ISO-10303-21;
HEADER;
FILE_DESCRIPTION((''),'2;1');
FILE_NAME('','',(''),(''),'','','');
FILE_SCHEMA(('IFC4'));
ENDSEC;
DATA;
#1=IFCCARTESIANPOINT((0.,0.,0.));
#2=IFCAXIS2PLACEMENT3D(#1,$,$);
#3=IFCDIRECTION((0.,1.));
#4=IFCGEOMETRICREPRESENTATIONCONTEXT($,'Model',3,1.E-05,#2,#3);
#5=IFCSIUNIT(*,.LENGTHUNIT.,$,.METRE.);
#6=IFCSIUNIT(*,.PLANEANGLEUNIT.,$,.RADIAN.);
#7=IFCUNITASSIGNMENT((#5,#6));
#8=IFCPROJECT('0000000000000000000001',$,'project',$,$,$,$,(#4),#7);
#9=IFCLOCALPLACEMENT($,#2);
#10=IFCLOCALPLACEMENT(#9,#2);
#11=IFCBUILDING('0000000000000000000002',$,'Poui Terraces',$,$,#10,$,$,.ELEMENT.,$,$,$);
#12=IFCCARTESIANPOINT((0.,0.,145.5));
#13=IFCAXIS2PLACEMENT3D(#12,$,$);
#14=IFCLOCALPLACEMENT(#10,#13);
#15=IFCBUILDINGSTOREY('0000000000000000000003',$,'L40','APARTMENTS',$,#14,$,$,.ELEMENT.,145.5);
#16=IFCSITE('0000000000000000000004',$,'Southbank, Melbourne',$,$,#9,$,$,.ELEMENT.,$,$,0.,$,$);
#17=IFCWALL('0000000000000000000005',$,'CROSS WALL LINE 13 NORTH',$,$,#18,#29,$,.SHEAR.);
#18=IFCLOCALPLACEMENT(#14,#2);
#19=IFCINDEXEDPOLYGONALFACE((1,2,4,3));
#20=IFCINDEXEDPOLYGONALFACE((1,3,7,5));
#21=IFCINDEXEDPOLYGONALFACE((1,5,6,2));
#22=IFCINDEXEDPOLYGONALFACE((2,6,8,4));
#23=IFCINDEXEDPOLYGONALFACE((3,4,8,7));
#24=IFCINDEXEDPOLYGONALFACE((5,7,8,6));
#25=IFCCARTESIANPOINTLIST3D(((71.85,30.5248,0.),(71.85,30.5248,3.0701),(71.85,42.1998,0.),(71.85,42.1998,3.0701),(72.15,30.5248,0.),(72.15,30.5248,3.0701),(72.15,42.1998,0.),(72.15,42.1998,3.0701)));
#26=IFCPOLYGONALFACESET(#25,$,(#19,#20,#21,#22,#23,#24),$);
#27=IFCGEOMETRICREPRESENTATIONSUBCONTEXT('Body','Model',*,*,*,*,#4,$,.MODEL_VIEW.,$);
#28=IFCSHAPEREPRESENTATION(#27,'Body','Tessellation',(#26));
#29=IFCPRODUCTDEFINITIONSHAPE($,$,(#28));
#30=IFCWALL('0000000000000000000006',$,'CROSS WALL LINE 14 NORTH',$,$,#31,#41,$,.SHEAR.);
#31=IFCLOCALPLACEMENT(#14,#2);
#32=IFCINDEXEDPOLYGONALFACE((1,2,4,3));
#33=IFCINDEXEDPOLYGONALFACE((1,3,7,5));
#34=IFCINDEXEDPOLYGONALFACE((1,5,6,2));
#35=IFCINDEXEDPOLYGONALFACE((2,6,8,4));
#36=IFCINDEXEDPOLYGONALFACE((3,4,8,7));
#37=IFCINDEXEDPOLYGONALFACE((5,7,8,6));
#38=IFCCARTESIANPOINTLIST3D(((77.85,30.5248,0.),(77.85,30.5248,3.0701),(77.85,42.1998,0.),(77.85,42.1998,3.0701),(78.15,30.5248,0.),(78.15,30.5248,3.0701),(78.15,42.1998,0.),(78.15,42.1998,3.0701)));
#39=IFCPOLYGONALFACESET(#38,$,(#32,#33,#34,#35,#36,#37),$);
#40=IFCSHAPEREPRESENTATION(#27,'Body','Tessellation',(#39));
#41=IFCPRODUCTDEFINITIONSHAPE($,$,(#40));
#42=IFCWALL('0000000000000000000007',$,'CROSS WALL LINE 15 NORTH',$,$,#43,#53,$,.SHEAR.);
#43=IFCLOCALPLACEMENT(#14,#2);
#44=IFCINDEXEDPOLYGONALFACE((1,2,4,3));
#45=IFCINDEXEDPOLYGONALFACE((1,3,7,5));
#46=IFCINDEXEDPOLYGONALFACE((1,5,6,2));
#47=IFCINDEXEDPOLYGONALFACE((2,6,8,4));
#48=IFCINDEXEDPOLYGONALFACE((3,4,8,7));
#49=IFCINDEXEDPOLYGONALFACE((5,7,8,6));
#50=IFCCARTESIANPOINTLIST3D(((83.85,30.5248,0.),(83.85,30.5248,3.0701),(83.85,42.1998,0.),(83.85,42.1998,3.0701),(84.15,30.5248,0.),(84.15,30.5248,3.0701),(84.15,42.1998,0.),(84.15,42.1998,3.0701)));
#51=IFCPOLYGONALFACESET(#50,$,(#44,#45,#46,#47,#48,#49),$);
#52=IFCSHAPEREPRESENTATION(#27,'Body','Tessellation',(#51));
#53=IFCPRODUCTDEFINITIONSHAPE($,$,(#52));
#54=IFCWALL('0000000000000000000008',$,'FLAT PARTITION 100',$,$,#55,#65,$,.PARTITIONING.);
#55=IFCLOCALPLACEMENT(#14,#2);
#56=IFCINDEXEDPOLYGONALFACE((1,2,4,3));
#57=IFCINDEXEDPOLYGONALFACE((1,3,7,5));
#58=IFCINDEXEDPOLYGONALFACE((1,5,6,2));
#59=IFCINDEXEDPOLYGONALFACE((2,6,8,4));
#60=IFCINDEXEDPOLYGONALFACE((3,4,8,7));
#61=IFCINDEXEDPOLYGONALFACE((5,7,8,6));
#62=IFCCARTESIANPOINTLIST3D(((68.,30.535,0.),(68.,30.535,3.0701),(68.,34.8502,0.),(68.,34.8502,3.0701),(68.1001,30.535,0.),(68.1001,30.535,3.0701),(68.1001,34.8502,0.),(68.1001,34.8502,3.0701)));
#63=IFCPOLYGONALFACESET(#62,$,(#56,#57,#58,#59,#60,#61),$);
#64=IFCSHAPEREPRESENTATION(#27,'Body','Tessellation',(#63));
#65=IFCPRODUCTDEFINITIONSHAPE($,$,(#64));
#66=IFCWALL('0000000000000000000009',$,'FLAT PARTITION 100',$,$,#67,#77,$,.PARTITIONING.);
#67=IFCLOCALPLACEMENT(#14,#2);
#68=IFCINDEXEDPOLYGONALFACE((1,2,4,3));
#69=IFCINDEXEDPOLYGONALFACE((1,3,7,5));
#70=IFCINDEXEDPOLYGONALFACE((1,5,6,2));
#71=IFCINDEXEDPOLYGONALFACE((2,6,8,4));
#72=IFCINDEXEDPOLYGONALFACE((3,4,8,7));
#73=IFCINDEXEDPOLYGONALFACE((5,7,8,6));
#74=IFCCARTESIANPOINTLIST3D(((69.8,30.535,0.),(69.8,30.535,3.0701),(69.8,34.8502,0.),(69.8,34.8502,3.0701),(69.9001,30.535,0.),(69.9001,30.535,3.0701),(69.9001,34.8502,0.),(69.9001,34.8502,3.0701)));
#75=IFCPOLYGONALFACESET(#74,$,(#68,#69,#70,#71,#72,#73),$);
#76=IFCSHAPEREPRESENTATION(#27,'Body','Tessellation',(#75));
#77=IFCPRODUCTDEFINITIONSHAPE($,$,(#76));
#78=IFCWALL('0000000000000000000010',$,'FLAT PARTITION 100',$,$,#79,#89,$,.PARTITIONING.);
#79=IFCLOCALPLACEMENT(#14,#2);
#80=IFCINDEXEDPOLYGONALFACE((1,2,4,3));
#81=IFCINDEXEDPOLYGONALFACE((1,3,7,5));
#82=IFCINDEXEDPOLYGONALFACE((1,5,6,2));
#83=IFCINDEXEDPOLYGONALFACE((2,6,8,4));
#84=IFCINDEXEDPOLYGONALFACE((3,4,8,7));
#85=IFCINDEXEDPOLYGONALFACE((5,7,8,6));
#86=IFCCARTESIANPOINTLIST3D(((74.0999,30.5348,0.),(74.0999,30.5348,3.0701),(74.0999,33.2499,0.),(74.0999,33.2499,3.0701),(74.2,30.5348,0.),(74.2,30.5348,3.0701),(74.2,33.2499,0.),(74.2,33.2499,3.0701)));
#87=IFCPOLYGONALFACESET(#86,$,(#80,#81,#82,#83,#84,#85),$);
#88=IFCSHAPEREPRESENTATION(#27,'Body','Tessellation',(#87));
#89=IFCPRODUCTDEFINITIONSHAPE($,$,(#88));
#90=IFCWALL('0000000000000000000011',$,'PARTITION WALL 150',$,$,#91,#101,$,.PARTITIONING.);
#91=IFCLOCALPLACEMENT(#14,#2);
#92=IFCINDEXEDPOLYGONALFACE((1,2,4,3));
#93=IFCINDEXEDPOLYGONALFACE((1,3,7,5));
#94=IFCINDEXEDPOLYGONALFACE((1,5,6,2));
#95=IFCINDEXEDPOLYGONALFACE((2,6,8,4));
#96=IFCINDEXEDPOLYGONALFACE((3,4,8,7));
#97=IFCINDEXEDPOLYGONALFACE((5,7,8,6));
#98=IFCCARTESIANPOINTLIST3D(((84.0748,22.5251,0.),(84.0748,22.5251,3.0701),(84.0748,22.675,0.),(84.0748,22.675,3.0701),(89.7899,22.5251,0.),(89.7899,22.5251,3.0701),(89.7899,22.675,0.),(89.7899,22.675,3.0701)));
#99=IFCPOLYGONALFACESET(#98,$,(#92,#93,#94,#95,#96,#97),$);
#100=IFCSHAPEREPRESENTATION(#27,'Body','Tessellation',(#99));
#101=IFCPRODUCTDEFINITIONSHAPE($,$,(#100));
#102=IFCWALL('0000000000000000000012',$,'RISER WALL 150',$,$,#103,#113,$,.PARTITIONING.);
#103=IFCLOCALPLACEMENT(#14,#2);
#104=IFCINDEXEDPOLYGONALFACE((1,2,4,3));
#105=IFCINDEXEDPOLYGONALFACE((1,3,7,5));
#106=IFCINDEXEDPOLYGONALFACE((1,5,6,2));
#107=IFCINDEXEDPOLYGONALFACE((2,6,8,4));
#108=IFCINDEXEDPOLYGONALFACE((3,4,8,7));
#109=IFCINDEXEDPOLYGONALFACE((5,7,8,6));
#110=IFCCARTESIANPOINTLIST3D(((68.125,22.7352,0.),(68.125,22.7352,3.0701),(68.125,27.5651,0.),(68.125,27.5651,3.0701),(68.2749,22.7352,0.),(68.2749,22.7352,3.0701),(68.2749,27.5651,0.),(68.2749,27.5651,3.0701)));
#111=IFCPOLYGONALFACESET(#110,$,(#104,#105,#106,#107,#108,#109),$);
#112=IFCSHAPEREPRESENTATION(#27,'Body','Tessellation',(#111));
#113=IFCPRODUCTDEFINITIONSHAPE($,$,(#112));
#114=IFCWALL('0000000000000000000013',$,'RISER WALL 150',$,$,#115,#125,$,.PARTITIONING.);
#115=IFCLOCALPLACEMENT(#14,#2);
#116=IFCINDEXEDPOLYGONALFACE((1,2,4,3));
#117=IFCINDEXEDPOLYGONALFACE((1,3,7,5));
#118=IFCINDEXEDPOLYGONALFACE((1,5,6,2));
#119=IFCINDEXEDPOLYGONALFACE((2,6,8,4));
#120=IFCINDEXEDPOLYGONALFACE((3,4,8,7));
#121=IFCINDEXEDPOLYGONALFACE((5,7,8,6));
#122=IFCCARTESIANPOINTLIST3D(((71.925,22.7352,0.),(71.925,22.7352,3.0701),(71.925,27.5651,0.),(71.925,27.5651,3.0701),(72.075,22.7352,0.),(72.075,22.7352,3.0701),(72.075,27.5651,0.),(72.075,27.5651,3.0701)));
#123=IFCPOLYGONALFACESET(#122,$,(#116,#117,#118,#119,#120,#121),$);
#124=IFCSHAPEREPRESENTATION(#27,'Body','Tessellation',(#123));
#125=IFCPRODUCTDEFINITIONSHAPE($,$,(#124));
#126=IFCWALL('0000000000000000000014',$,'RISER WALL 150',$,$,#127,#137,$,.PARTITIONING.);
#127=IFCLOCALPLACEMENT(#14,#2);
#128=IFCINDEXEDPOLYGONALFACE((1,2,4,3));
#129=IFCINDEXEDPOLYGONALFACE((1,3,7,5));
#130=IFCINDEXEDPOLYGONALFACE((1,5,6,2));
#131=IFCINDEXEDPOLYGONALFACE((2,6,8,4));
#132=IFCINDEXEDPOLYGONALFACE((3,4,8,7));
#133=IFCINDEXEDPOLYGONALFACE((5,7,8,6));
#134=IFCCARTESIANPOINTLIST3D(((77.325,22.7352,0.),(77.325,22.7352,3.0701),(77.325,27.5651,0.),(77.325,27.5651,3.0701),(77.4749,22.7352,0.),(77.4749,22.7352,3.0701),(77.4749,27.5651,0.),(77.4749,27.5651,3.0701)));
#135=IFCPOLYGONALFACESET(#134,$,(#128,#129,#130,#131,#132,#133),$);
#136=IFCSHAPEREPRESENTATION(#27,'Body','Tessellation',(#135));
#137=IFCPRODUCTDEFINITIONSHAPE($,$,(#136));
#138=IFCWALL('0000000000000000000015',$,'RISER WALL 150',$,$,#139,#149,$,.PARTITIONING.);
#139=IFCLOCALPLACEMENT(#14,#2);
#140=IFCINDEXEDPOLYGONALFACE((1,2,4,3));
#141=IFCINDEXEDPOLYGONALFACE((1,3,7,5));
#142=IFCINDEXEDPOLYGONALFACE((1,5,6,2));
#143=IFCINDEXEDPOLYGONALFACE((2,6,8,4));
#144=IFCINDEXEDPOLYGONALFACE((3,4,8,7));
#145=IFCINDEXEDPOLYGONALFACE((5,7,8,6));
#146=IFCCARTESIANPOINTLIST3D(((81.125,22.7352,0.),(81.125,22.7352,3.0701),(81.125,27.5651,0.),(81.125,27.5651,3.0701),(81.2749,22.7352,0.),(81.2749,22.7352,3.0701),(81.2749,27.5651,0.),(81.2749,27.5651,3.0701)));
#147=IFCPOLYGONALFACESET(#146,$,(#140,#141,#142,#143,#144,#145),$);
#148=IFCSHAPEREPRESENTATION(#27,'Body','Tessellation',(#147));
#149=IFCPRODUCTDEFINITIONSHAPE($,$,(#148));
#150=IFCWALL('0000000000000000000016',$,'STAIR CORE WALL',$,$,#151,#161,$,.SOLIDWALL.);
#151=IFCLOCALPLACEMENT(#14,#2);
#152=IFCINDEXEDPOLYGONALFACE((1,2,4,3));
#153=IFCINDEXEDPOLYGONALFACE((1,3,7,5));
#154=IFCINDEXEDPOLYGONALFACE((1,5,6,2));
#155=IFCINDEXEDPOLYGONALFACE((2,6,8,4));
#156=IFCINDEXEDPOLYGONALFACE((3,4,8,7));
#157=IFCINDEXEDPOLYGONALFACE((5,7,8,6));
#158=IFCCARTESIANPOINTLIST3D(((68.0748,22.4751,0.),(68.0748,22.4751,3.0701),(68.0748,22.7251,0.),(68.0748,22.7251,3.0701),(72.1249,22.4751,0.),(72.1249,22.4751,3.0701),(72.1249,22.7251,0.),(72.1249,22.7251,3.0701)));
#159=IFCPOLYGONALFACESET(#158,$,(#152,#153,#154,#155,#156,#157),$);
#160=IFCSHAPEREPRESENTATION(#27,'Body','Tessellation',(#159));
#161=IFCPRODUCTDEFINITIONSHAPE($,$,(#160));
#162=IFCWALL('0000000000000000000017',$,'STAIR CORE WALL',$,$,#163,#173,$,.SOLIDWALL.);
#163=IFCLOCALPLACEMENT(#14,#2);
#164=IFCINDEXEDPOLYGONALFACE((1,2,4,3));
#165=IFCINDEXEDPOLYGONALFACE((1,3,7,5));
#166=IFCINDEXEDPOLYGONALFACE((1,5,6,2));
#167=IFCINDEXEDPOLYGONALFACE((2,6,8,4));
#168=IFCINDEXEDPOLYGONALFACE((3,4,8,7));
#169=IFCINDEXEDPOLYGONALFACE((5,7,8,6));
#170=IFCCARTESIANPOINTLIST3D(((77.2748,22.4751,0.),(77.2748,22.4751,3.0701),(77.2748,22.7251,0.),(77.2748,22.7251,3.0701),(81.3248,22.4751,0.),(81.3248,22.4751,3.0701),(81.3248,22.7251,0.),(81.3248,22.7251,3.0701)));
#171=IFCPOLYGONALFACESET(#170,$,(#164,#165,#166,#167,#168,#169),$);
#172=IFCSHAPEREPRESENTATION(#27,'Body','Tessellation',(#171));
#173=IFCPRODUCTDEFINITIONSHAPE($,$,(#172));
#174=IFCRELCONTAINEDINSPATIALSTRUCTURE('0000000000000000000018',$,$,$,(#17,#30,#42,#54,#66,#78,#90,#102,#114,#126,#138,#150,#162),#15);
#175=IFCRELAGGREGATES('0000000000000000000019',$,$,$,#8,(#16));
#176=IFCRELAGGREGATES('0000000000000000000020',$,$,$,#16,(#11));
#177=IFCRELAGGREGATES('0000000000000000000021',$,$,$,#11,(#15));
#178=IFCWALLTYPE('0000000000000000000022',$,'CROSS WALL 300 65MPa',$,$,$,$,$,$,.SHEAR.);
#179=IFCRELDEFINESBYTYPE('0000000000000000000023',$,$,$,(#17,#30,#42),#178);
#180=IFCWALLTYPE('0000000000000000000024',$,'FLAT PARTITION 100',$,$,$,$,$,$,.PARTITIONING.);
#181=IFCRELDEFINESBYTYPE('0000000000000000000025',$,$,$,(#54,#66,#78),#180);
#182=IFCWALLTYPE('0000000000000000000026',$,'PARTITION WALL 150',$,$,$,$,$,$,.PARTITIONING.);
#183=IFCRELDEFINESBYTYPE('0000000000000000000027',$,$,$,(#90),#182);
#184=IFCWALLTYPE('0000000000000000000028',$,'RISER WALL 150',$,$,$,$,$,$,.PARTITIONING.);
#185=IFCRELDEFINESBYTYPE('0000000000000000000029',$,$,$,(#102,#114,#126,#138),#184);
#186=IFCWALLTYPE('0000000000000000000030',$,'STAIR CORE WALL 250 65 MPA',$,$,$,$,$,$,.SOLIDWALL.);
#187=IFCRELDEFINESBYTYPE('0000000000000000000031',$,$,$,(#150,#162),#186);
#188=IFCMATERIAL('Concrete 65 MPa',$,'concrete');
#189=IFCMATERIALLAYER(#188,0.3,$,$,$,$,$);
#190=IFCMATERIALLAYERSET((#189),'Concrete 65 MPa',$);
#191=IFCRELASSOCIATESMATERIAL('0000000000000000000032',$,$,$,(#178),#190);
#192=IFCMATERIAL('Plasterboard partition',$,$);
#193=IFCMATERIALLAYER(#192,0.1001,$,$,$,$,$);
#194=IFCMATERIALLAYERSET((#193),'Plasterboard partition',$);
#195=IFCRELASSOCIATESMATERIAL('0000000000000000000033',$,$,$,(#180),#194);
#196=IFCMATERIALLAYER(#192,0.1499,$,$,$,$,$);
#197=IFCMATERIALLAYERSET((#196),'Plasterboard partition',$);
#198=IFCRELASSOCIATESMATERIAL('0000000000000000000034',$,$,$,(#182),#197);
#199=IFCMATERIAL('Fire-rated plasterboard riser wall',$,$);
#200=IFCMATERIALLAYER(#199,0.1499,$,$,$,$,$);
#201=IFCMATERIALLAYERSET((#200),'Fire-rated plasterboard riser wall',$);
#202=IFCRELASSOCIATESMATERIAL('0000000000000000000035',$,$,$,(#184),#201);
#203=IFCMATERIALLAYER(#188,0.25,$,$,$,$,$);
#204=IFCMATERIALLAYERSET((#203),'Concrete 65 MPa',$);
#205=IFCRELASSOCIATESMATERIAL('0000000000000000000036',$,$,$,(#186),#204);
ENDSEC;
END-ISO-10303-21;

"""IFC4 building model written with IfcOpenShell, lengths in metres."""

from ifc_helpers import new_model, si_unit, direction, frame, frame_2d, origin, place, context, subcontext, project, spatial, rectangle, extrude, material, layer, layer_set, type_object, element, save


model = new_model("IFC4")

# Units and contexts
model_context = context("Model", 3, precision=1e-05, world=origin(), true_north=direction((0.0, 1.0)))
body_context = subcontext(model_context, "Body", "Model", "MODEL_VIEW")
ifc_project = project(units=[si_unit("LENGTHUNIT", "METRE"), si_unit("PLANEANGLEUNIT", "RADIAN")], contexts=[model_context])

# Site, building, storey
site_placement = place(None, origin())
site = spatial("IfcSite", under=ifc_project, at=site_placement, Name="Southbank, Melbourne", CompositionType="ELEMENT", RefElevation=0.0)
building_placement = place(site_placement, origin())
building = spatial("IfcBuilding", under=site, at=building_placement, Name="Poui Terraces", CompositionType="ELEMENT")
storey_placement = place(building_placement, frame((0.0, 0.0, 145.5)))
storey = spatial("IfcBuildingStorey", under=building, at=storey_placement, Name="L40", Description="APARTMENTS", CompositionType="ELEMENT", Elevation=145.5)

# Shared definitions
ifc_material_1 = material(Name="Concrete 65 MPa", Category="concrete")

# Shared definitions
ifc_layer_1 = layer(ifc_material_1, 0.3)
ifc_layer_set_1 = layer_set([ifc_layer_1], Name="Concrete 65 MPa")
wall_type_1 = type_object("IfcWallType", Name="CROSS WALL 300 65MPa", PredefinedType="SHEAR", material=ifc_layer_set_1)

# Walls
for number, where, z_axis, x_axis, name in (
    (1, (72.0, 30.5249, 0.0), (0.0, 0.0, 1.0), (0.0, 1.0, 0.0), "CROSS WALL LINE 13 NORTH"),
    (2, (78.0, 30.5249, 0.0), (0.0, 0.0, 1.0), (0.0, 1.0, 0.0), "CROSS WALL LINE 14 NORTH"),
    (3, (84.0, 30.5249, 0.0), (0.0, 0.0, 1.0), (0.0, 1.0, 0.0), "CROSS WALL LINE 15 NORTH"),
):
    element("IfcWall", number, at=place(storey_placement, frame(where, z_axis=z_axis, x_axis=x_axis)), inside=storey, type_object=wall_type_1, Name=name, PredefinedType="SHEAR", context=body_context, shape_type="SweptSolid", body=[
        extrude(rectangle(XDim=11.675, YDim=0.3, at=frame_2d((5.8374, 0.0))), origin(), (0.0, 0.0, 1.0), 3.0701),
    ])
ifc_material_2 = material(Name="Plasterboard partition")
ifc_layer_2 = layer(ifc_material_2, 0.1001)
ifc_layer_set_2 = layer_set([ifc_layer_2], Name="Plasterboard partition")
wall_type_2 = type_object("IfcWallType", Name="FLAT PARTITION 100", PredefinedType="PARTITIONING", material=ifc_layer_set_2)
for number, where, z_axis, x_axis, name in (
    (4, (68.05, 30.5349, 0.0), (0.0, 0.0, 1.0), (0.0, 1.0, 0.0), "FLAT PARTITION 100"),
    (5, (69.8501, 30.5349, 0.0), (0.0, 0.0, 1.0), (0.0, 1.0, 0.0), "FLAT PARTITION 100"),
):
    element("IfcWall", number, at=place(storey_placement, frame(where, z_axis=z_axis, x_axis=x_axis)), inside=storey, type_object=wall_type_2, Name=name, PredefinedType="PARTITIONING", context=body_context, shape_type="SweptSolid", body=[
        extrude(rectangle(XDim=4.3152, YDim=0.1001, at=frame_2d((2.1577, 0.0))), origin(), (0.0, 0.0, 1.0), 3.0701),
    ])
wall_1_placement = place(storey_placement, frame((74.1499, 30.5349, 0.0), z_axis=(0.0, 0.0, 1.0), x_axis=(0.0, 1.0, 0.0)))
element("IfcWall", 6, at=wall_1_placement, inside=storey, type_object=wall_type_2, Name="FLAT PARTITION 100", PredefinedType="PARTITIONING", context=body_context, shape_type="SweptSolid", body=[
    extrude(rectangle(XDim=2.7151, YDim=0.1001, at=frame_2d((1.3574, 0.0))), origin(), (0.0, 0.0, 1.0), 3.0701),
])
ifc_layer_3 = layer(ifc_material_2, 0.1499)
ifc_layer_set_3 = layer_set([ifc_layer_3], Name="Plasterboard partition")
wall_type_3 = type_object("IfcWallType", Name="PARTITION WALL 150", PredefinedType="PARTITIONING", material=ifc_layer_set_3)
wall_2_placement = place(storey_placement, frame((84.075, 22.6001, 0.0), z_axis=(0.0, 0.0, 1.0), x_axis=(1.0, 0.0, 0.0)))
element("IfcWall", 7, at=wall_2_placement, inside=storey, type_object=wall_type_3, Name="PARTITION WALL 150", PredefinedType="PARTITIONING", context=body_context, shape_type="SweptSolid", body=[
    extrude(rectangle(XDim=5.7151, YDim=0.1499, at=frame_2d((2.8574, 0.0))), origin(), (0.0, 0.0, 1.0), 3.0701),
])
ifc_material_3 = material(Name="Fire-rated plasterboard riser wall")
ifc_layer_4 = layer(ifc_material_3, 0.1499)
ifc_layer_set_4 = layer_set([ifc_layer_4], Name="Fire-rated plasterboard riser wall")
wall_type_4 = type_object("IfcWallType", Name="RISER WALL 150", PredefinedType="PARTITIONING", material=ifc_layer_set_4)
for number, where, z_axis, x_axis, name in (
    (8, (68.2, 22.7351, 0.0), (0.0, 0.0, 1.0), (0.0, 1.0, 0.0), "RISER WALL 150"),
    (9, (72.0, 22.7351, 0.0), (0.0, 0.0, 1.0), (0.0, 1.0, 0.0), "RISER WALL 150"),
    (10, (77.3999, 22.7351, 0.0), (0.0, 0.0, 1.0), (0.0, 1.0, 0.0), "RISER WALL 150"),
    (11, (81.2, 22.7351, 0.0), (0.0, 0.0, 1.0), (0.0, 1.0, 0.0), "RISER WALL 150"),
):
    element("IfcWall", number, at=place(storey_placement, frame(where, z_axis=z_axis, x_axis=x_axis)), inside=storey, type_object=wall_type_4, Name=name, PredefinedType="PARTITIONING", context=body_context, shape_type="SweptSolid", body=[
        extrude(rectangle(XDim=4.8298, YDim=0.1499, at=frame_2d((2.415, 0.0))), origin(), (0.0, 0.0, 1.0), 3.0701),
    ])
ifc_layer_5 = layer(ifc_material_1, 0.25)
ifc_layer_set_5 = layer_set([ifc_layer_5], Name="Concrete 65 MPa")
wall_type_5 = type_object("IfcWallType", Name="STAIR CORE WALL 250 65 MPA", PredefinedType="SOLIDWALL", material=ifc_layer_set_5)
for number, where, z_axis, x_axis, name in (
    (12, (68.075, 22.6001, 0.0), (0.0, 0.0, 1.0), (1.0, 0.0, 0.0), "STAIR CORE WALL"),
    (13, (77.2749, 22.6001, 0.0), (0.0, 0.0, 1.0), (1.0, 0.0, 0.0), "STAIR CORE WALL"),
):
    element("IfcWall", number, at=place(storey_placement, frame(where, z_axis=z_axis, x_axis=x_axis)), inside=storey, type_object=wall_type_5, Name=name, PredefinedType="SOLIDWALL", context=body_context, shape_type="SweptSolid", body=[
        extrude(rectangle(XDim=4.05, YDim=0.25, at=frame_2d((2.0249, 0.0))), origin(), (0.0, 0.0, 1.0), 3.0701),
    ])

save(model, "model.ifc")
